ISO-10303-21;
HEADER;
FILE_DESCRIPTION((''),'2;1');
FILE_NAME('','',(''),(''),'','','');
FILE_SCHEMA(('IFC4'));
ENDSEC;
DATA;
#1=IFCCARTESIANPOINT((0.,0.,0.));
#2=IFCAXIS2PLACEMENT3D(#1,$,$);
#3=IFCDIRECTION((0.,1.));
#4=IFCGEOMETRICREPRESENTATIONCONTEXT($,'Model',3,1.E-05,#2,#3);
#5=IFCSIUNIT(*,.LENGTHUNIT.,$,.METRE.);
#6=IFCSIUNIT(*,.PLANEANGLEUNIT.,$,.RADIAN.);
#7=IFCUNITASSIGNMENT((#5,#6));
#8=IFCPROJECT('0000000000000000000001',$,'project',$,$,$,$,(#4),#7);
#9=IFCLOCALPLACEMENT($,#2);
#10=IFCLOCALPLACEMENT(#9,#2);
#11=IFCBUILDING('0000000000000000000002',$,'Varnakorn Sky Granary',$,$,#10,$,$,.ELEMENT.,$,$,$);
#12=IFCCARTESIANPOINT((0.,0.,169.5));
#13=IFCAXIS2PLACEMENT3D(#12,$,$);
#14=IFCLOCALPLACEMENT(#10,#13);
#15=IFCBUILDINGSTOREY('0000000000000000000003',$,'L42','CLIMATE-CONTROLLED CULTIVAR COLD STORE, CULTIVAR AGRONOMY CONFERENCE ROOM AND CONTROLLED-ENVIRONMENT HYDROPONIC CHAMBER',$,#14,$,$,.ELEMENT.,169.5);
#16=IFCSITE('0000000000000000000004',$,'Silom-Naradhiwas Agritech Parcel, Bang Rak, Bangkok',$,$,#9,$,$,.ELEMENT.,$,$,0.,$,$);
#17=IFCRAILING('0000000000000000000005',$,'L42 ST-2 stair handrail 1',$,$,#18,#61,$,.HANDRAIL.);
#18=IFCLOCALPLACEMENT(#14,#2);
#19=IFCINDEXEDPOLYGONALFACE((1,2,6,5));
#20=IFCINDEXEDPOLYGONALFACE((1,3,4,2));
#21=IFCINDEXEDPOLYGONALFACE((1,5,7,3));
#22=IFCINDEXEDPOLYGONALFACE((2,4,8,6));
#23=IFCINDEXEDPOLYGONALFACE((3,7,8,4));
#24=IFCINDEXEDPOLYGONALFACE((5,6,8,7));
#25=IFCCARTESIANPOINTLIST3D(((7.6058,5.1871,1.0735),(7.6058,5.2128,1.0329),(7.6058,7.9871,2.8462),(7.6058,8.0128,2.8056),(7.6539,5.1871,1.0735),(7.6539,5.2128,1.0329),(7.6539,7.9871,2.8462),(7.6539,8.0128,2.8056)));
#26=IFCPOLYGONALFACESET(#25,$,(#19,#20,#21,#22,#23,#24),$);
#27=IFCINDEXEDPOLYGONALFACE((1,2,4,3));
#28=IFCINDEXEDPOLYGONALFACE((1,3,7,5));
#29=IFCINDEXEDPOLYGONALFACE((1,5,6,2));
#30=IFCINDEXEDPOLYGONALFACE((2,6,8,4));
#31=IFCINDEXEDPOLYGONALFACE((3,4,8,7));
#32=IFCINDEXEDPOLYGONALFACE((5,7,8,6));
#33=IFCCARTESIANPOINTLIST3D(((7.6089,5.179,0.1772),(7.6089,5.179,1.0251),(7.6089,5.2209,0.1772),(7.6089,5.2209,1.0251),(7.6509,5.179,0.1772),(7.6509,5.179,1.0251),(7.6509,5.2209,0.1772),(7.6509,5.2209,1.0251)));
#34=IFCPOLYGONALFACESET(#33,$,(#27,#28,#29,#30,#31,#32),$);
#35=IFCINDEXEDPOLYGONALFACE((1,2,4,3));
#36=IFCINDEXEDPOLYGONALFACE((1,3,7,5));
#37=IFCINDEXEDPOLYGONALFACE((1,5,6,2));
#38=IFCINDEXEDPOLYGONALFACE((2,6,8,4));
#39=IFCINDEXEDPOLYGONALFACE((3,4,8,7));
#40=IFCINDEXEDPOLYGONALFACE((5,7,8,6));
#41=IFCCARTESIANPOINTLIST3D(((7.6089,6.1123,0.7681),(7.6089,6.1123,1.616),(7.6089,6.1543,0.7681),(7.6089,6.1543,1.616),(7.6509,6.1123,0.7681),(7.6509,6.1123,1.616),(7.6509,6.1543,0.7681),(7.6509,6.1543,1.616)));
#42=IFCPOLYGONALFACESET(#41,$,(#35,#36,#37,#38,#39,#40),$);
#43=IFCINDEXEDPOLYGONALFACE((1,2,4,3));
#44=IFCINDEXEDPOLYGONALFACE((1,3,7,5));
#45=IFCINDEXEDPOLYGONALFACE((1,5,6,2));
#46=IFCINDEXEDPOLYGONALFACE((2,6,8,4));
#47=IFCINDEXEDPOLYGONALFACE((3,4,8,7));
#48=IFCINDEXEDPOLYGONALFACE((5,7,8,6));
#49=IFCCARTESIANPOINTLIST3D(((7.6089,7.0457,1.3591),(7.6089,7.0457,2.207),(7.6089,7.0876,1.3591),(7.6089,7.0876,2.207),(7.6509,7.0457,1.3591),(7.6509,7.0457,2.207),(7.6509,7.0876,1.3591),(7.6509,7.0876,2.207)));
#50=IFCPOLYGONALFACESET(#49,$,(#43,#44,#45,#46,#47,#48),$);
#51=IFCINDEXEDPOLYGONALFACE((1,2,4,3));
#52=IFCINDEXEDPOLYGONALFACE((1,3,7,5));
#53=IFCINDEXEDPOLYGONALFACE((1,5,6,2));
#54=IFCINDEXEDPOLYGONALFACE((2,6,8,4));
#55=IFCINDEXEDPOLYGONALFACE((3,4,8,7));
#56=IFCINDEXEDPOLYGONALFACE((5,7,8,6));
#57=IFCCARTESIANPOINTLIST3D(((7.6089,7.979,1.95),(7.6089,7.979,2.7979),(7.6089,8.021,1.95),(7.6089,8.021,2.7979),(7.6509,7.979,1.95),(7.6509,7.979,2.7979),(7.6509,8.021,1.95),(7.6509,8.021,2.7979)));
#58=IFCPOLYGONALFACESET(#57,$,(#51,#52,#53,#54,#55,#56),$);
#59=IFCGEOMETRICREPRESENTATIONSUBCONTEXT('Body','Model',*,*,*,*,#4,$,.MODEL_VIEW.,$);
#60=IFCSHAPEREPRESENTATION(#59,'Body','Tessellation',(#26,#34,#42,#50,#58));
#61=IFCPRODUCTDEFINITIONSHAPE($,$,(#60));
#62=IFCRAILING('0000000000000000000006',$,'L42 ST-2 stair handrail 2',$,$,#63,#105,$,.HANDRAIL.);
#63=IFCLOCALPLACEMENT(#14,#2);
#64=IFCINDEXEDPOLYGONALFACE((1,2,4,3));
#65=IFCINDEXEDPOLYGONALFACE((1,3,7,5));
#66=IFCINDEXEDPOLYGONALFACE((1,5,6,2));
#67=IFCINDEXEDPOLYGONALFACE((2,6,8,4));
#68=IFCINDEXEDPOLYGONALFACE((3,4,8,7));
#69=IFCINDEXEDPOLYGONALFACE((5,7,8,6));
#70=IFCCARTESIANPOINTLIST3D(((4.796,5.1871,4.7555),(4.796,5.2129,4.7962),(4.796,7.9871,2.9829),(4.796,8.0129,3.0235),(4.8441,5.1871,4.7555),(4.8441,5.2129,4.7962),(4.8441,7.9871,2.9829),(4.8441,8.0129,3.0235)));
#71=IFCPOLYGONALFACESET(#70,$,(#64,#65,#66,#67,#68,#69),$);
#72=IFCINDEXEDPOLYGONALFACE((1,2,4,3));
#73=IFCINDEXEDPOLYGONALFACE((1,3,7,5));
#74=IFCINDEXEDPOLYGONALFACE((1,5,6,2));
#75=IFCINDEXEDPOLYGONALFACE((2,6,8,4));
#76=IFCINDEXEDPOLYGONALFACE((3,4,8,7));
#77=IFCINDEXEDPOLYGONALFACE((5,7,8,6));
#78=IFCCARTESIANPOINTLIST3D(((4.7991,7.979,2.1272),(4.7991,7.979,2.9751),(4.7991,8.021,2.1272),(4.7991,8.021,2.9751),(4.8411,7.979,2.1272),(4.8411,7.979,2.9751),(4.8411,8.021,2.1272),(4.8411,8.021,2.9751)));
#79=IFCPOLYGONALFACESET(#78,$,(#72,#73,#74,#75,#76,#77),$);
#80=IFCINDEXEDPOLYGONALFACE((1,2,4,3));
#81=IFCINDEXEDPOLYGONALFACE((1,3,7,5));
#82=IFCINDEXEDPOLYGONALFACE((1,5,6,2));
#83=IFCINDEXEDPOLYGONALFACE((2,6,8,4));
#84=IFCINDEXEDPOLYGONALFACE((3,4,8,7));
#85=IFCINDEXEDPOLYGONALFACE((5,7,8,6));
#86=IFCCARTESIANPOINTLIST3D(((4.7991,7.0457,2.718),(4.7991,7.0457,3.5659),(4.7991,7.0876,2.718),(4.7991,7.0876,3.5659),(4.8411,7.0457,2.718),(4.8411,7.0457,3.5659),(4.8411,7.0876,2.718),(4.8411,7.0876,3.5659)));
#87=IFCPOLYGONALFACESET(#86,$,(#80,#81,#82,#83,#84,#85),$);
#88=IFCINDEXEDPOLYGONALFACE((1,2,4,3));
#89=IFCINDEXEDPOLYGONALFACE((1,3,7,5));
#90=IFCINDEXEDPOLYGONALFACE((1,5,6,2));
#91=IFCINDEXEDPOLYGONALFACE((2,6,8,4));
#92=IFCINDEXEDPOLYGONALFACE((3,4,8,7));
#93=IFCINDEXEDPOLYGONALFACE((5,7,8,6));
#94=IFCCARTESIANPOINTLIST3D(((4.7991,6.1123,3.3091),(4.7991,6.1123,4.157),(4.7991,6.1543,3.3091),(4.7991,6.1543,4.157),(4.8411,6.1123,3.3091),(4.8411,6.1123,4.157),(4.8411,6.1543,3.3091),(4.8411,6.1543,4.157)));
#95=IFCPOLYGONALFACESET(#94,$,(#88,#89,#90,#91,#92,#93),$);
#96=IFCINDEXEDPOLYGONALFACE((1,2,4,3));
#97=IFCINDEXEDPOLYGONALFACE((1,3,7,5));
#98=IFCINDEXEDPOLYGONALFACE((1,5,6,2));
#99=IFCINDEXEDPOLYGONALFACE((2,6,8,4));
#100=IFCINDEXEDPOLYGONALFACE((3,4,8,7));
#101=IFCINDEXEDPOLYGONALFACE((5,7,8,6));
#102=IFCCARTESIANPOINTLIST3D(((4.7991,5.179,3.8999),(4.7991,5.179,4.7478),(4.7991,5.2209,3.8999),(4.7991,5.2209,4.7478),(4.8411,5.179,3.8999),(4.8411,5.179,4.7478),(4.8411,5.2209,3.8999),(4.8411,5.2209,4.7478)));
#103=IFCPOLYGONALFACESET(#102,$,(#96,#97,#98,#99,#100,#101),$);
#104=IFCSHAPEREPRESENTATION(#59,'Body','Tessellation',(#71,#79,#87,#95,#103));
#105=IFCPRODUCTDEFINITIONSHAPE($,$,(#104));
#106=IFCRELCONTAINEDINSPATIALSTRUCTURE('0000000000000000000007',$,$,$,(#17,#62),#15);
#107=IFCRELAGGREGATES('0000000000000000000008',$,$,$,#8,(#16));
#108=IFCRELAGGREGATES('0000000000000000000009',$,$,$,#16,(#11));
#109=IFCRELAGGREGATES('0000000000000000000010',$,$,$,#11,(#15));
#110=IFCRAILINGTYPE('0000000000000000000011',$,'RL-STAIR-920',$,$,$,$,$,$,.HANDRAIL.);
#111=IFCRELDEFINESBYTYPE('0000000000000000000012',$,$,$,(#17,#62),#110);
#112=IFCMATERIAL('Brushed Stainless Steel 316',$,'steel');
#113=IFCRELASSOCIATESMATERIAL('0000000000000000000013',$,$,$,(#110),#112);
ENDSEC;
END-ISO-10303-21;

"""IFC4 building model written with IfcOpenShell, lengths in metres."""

from ifc_helpers import new_model, si_unit, direction, frame, origin, origin_2d, place, context, subcontext, project, spatial, rectangle, extrude, material, type_object, element, save


model = new_model("IFC4")

# Units and contexts
model_context = context("Model", 3, precision=1e-05, world=origin(), true_north=direction((0.0, 1.0)))
body_context = subcontext(model_context, "Body", "Model", "MODEL_VIEW")
ifc_project = project(units=[si_unit("LENGTHUNIT", "METRE"), si_unit("PLANEANGLEUNIT", "RADIAN")], contexts=[model_context])

# Site, building, storey
site_placement = place(None, origin())
site = spatial("IfcSite", under=ifc_project, at=site_placement, Name="Silom-Naradhiwas Agritech Parcel, Bang Rak, Bangkok", CompositionType="ELEMENT", RefElevation=0.0)
building_placement = place(site_placement, origin())
building = spatial("IfcBuilding", under=site, at=building_placement, Name="Varnakorn Sky Granary", CompositionType="ELEMENT")
storey_placement = place(building_placement, frame((0.0, 0.0, 169.5)))
storey = spatial("IfcBuildingStorey", under=building, at=storey_placement, Name="L42", Description="CLIMATE-CONTROLLED CULTIVAR COLD STORE, CULTIVAR AGRONOMY CONFERENCE ROOM AND CONTROLLED-ENVIRONMENT HYDROPONIC CHAMBER", CompositionType="ELEMENT", Elevation=169.5)

# Railings
ifc_material_1 = material(Name="Brushed Stainless Steel 316", Category="steel")
railing_type_1 = type_object("IfcRailingType", Name="RL-STAIR-920", PredefinedType="HANDRAIL", material=ifc_material_1)
for number, where, name in (
    (1, (7.6299, 5.2, 0.1772), "L42 ST-2 stair handrail 1"),
):
    element("IfcRailing", number, at=place(storey_placement, frame(where)), inside=storey, type_object=railing_type_1, Name=name, PredefinedType="HANDRAIL", context=body_context, shape_type="SweptSolid", body=[
        extrude(rectangle(XDim=0.0481, YDim=0.0481, at=origin_2d()), frame((0.0, 0.0, 0.876), z_axis=(0.0, 0.844909, 0.53491), x_axis=(-1.0, 0.0, 0.0)), (0.0, 0.0, 1.0), 3.314),
        extrude(rectangle(XDim=0.042, YDim=0.042, at=origin_2d()), origin(), (0.0, 0.0, 1.0), 0.8479),
        extrude(rectangle(XDim=0.042, YDim=0.042, at=origin_2d()), frame((0.0, 0.9333, 0.5908)), (0.0, 0.0, 1.0), 0.8479),
        extrude(rectangle(XDim=0.042, YDim=0.042, at=origin_2d()), frame((0.0, 1.8667, 1.1819)), (0.0, 0.0, 1.0), 0.8479),
        extrude(rectangle(XDim=0.042, YDim=0.042, at=origin_2d()), frame((0.0, 2.8, 1.7727)), (0.0, 0.0, 1.0), 0.8479),
    ])
railing_1_placement = place(storey_placement, frame((4.8201, 8.0, 2.1272)))
element("IfcRailing", 2, at=railing_1_placement, inside=storey, type_object=railing_type_1, Name="L42 ST-2 stair handrail 2", PredefinedType="HANDRAIL", context=body_context, shape_type="SweptSolid", body=[
    extrude(rectangle(XDim=0.0481, YDim=0.0481, at=origin_2d()), frame((0.0, 0.0, 0.876), z_axis=(0.0, -0.844909, 0.53491), x_axis=(1.0, 0.0, 0.0)), (0.0, 0.0, 1.0), 3.314),
    extrude(rectangle(XDim=0.042, YDim=0.042, at=origin_2d()), origin(), (0.0, 0.0, 1.0), 0.8479),
    extrude(rectangle(XDim=0.042, YDim=0.042, at=origin_2d()), frame((0.0, -0.9333, 0.5908)), (0.0, 0.0, 1.0), 0.8479),
    extrude(rectangle(XDim=0.042, YDim=0.042, at=origin_2d()), frame((0.0, -1.8667, 1.1819)), (0.0, 0.0, 1.0), 0.8479),
    extrude(rectangle(XDim=0.042, YDim=0.042, at=origin_2d()), frame((0.0, -2.8, 1.7727)), (0.0, 0.0, 1.0), 0.8479),
])

save(model, "model.ifc")
